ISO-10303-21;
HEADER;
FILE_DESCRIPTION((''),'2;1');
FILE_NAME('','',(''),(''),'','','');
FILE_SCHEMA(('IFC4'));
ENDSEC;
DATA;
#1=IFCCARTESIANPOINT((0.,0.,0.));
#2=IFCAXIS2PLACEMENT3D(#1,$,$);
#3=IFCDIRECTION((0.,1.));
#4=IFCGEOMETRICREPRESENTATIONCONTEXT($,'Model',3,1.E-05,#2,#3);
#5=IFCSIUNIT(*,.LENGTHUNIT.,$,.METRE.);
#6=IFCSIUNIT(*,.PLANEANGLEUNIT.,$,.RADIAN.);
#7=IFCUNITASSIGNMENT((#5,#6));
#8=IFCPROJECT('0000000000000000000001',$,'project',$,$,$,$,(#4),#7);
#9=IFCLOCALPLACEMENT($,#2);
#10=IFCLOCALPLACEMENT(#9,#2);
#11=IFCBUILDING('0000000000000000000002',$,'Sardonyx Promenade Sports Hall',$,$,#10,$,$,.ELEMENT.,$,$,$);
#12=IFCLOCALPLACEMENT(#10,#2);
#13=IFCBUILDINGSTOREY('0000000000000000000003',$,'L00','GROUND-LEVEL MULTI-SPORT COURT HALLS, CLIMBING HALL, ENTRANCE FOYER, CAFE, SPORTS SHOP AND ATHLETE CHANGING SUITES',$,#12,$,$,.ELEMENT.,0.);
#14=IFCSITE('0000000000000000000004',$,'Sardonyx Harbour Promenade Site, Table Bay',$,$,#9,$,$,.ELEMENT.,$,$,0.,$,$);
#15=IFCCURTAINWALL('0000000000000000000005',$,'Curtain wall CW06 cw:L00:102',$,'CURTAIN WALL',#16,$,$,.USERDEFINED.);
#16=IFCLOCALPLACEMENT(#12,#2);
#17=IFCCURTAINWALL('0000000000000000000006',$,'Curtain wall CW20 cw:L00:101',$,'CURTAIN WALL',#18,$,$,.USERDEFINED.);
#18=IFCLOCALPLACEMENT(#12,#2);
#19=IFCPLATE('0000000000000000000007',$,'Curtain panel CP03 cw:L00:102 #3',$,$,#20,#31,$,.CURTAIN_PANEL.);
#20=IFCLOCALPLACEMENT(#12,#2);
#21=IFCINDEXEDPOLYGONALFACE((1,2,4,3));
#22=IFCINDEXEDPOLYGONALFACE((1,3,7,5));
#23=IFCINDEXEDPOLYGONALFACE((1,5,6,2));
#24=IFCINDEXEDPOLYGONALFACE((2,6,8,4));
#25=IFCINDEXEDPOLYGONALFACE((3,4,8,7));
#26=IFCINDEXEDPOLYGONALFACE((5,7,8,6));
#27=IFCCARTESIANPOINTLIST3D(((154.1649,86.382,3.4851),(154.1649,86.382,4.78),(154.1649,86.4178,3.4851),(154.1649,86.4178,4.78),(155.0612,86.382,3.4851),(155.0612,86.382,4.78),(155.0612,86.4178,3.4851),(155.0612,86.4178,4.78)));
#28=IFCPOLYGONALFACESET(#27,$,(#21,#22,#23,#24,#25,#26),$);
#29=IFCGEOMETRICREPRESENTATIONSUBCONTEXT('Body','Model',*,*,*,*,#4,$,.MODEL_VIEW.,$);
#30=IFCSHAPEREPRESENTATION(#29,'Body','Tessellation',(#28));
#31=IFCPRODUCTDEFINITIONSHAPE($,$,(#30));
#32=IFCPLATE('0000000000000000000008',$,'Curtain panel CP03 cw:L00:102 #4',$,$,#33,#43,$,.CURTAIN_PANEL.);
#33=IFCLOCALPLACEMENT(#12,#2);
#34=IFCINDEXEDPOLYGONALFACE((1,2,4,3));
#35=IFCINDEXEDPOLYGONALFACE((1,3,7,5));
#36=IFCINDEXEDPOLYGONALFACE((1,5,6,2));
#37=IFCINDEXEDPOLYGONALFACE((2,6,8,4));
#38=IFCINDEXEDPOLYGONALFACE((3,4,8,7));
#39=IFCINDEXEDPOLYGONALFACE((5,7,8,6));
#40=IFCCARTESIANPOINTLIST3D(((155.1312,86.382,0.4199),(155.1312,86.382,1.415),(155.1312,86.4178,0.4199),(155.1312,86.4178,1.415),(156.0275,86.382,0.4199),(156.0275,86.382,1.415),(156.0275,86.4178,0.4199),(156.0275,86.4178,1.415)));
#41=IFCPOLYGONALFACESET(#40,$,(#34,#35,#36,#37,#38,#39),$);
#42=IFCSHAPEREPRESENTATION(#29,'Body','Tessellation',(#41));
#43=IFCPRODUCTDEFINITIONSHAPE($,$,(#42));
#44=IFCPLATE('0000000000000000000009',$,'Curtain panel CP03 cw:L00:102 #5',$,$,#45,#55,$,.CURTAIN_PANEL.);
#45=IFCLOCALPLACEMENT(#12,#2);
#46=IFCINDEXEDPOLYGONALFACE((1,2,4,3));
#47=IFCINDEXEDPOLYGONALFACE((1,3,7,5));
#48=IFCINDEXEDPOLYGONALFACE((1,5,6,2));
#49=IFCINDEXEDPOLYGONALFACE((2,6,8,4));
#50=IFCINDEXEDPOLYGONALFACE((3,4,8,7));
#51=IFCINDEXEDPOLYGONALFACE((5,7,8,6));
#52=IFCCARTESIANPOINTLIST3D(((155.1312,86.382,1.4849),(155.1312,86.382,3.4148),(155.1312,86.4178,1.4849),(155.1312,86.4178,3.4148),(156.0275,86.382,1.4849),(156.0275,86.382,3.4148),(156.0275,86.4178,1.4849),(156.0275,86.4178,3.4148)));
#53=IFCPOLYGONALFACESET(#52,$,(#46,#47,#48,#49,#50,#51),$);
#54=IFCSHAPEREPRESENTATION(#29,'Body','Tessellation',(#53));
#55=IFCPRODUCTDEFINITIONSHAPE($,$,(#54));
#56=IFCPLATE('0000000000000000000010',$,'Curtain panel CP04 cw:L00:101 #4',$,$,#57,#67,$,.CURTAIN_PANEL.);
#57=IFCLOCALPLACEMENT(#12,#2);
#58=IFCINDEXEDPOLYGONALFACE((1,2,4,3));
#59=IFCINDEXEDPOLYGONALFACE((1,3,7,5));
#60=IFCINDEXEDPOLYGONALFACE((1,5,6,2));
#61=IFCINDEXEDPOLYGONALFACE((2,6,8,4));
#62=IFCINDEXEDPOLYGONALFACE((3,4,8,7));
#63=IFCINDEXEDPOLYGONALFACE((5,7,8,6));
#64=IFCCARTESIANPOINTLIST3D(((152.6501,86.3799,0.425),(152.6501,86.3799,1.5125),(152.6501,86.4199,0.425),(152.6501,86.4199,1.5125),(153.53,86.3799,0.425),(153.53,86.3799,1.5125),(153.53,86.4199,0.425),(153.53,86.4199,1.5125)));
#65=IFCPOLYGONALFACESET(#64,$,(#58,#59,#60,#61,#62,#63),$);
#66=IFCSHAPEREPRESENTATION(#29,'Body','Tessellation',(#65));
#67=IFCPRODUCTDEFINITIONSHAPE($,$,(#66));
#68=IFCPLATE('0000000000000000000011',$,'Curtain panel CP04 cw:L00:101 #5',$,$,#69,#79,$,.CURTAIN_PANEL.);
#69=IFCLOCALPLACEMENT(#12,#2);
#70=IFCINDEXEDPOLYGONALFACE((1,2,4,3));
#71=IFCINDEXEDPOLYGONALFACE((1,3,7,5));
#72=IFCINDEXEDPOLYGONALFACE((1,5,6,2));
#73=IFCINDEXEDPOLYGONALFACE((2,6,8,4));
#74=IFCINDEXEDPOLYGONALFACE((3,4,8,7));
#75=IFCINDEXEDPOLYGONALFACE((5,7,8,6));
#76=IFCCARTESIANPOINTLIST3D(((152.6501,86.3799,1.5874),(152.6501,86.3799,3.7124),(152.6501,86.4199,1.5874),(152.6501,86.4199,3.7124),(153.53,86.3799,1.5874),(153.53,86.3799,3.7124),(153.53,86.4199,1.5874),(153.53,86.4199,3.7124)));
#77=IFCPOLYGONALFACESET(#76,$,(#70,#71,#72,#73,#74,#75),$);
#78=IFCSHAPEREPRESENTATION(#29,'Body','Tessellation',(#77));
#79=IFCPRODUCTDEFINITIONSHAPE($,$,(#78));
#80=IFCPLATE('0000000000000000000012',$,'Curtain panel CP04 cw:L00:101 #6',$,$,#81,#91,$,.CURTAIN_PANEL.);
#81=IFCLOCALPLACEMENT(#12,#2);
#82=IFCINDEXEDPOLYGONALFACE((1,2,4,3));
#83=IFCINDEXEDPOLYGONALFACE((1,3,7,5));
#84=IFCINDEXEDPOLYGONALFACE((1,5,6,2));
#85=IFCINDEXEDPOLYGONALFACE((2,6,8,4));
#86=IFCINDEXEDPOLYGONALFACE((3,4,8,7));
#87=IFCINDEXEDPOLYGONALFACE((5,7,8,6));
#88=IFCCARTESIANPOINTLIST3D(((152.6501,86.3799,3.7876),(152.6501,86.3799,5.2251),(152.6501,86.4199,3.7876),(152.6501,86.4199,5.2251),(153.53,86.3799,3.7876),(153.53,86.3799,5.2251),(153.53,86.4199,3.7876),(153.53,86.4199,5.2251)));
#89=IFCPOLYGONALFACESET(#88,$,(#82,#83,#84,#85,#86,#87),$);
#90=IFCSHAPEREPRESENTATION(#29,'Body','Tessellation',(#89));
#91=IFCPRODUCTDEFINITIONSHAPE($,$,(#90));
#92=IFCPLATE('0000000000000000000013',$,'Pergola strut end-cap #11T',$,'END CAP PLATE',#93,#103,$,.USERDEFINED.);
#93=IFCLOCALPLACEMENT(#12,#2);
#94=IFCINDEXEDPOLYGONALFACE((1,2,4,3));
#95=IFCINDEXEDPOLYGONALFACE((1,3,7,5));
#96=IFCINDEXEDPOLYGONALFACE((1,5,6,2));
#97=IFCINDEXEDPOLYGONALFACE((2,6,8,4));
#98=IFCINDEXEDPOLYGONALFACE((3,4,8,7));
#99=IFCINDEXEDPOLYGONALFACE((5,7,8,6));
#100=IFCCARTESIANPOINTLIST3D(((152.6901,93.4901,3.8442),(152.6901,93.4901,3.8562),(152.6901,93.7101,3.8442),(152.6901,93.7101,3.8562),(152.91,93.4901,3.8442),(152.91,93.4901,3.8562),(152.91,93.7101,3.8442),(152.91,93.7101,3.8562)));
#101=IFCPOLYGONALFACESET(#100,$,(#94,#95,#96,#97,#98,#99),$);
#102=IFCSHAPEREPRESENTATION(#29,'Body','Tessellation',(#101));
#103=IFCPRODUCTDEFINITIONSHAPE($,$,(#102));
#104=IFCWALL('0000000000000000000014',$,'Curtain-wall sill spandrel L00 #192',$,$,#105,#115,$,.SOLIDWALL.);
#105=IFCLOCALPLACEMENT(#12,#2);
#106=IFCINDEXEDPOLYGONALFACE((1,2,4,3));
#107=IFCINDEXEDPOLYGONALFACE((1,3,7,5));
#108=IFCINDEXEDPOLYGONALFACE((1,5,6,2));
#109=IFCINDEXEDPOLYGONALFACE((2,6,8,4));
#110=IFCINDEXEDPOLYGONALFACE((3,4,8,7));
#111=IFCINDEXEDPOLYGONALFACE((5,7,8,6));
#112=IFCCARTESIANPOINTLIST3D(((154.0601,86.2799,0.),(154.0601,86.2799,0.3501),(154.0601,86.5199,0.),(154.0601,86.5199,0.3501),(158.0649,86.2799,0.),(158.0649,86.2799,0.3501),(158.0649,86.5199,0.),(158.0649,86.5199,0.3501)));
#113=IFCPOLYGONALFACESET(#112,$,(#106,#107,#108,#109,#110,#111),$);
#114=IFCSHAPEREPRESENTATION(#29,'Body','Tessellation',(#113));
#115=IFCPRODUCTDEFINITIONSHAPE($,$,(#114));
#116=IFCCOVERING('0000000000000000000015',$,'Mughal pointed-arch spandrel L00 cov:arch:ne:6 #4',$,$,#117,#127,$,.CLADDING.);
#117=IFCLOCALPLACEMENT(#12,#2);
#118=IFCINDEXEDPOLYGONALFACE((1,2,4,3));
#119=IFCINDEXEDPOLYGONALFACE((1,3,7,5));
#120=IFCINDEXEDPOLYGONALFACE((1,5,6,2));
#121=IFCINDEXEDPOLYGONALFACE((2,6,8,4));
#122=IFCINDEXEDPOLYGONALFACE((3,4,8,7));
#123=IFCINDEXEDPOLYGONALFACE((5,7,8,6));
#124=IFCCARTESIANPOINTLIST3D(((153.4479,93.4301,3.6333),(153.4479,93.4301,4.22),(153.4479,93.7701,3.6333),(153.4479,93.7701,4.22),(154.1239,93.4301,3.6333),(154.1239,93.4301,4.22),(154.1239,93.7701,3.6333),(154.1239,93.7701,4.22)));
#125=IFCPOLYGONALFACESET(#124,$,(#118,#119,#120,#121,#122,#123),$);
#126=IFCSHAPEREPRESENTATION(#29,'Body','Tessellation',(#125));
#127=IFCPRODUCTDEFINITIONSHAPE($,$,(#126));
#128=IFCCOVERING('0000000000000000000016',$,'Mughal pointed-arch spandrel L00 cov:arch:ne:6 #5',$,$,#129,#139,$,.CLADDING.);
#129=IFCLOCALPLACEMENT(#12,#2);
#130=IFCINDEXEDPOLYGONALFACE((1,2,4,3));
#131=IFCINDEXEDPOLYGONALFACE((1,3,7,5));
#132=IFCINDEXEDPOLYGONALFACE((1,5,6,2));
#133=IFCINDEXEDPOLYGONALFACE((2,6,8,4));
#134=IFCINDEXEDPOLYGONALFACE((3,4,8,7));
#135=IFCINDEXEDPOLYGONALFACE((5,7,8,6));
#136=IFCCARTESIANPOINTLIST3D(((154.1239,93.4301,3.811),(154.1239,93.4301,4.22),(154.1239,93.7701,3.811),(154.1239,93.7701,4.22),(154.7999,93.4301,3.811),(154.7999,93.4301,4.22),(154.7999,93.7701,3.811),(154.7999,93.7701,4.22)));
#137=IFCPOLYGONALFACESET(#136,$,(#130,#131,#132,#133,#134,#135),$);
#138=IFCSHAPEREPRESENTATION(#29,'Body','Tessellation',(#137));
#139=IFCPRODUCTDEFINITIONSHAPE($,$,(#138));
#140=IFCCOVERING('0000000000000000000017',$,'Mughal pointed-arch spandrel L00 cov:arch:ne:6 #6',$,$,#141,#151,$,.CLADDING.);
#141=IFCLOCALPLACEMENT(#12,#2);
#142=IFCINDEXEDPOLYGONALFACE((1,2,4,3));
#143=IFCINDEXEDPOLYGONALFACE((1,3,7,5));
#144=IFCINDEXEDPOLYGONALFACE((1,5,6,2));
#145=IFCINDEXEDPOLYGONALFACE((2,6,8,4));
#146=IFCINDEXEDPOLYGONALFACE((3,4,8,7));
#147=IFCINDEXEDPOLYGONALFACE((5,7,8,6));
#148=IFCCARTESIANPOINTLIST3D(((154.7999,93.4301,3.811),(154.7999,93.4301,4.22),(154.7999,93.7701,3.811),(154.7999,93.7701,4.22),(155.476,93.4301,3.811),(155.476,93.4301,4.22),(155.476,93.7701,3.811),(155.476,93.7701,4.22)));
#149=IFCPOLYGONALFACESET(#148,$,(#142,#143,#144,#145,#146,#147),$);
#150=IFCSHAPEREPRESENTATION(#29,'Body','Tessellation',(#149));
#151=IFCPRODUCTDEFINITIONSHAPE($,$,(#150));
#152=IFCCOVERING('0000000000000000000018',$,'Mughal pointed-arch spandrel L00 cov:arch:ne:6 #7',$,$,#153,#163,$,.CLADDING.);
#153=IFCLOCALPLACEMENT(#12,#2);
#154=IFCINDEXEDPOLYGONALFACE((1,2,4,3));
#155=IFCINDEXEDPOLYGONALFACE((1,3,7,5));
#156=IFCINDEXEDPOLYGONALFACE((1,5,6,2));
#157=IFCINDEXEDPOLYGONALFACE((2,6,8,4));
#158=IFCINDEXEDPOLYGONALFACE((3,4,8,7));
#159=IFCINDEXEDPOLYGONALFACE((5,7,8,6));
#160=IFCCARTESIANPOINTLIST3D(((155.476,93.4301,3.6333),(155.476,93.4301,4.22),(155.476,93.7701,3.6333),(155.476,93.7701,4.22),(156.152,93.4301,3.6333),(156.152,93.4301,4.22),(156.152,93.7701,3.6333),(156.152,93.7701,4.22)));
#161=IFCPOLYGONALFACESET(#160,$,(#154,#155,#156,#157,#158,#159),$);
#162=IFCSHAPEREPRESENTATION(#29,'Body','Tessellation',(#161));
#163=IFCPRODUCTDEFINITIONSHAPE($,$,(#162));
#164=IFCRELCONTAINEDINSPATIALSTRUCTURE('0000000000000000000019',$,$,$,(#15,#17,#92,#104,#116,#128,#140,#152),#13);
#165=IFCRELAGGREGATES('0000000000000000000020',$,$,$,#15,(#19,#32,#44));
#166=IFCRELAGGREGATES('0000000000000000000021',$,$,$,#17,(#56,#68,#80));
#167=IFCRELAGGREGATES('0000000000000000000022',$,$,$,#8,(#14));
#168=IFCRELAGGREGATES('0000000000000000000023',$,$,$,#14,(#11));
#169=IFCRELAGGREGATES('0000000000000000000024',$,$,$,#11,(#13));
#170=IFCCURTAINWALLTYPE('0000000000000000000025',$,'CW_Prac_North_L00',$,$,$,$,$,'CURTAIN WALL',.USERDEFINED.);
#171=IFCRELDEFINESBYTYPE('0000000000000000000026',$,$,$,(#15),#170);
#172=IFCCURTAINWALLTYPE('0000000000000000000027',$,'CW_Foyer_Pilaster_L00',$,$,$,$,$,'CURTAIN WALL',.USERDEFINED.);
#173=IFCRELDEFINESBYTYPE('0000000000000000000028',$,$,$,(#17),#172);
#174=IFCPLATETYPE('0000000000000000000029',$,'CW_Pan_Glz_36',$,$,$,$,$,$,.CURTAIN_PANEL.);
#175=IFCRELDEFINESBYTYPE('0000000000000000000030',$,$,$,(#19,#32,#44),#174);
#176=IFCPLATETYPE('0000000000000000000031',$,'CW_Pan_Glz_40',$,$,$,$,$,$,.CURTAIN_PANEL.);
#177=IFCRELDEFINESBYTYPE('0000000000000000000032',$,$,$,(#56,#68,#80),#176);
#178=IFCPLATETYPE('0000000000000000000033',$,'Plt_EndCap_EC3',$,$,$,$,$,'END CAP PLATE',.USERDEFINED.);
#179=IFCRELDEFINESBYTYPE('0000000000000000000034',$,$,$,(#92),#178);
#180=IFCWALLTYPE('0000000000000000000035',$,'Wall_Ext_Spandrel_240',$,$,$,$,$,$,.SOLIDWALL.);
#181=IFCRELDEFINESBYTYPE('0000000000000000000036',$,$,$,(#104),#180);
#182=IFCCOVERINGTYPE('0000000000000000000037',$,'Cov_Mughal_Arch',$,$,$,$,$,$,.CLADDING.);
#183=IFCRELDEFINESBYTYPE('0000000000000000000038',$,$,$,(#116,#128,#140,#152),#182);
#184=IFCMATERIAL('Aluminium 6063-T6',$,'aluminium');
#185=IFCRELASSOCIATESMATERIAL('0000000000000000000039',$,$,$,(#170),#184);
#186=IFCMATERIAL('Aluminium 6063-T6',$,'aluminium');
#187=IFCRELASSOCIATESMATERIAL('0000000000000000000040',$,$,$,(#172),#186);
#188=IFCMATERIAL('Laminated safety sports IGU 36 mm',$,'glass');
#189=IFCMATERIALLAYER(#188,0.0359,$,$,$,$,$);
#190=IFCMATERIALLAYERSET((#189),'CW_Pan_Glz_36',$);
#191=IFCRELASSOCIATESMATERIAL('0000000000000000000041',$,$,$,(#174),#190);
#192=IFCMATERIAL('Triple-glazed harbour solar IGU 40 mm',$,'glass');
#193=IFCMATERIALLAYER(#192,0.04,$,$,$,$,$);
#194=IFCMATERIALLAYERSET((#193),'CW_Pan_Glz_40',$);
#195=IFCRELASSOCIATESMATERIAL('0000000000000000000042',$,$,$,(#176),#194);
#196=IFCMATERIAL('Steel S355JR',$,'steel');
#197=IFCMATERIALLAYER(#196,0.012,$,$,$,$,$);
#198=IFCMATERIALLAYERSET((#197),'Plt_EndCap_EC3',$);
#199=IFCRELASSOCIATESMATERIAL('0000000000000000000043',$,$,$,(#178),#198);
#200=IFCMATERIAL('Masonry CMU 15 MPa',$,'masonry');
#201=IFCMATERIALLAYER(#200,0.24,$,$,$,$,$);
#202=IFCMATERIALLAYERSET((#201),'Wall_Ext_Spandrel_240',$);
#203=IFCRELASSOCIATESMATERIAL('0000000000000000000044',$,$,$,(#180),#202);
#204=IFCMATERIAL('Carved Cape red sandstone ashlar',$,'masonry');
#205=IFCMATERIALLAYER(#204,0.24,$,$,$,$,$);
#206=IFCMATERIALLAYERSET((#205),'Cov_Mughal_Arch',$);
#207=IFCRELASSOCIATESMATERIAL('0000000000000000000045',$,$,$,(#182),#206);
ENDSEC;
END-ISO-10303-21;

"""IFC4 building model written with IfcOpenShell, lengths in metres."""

from ifc_helpers import new_model, si_unit, direction, frame, frame_2d, origin, origin_2d, place, context, subcontext, project, spatial, rectangle, extrude, material, layer, layer_set, type_object, element, aggregate, save


model = new_model("IFC4")

# Units and contexts
model_context = context("Model", 3, precision=1e-05, world=origin(), true_north=direction((0.0, 1.0)))
body_context = subcontext(model_context, "Body", "Model", "MODEL_VIEW")
ifc_project = project(units=[si_unit("LENGTHUNIT", "METRE"), si_unit("PLANEANGLEUNIT", "RADIAN")], contexts=[model_context])

# Site, building, storey
site_placement = place(None, origin())
site = spatial("IfcSite", under=ifc_project, at=site_placement, Name="Sardonyx Harbour Promenade Site, Table Bay", CompositionType="ELEMENT", RefElevation=0.0)
building_placement = place(site_placement, origin())
building = spatial("IfcBuilding", under=site, at=building_placement, Name="Sardonyx Promenade Sports Hall", CompositionType="ELEMENT")
storey_placement = place(building_placement, origin())
storey = spatial("IfcBuildingStorey", under=building, at=storey_placement, Name="L00", Description="GROUND-LEVEL MULTI-SPORT COURT HALLS, CLIMBING HALL, ENTRANCE FOYER, CAFE, SPORTS SHOP AND ATHLETE CHANGING SUITES", CompositionType="ELEMENT", Elevation=0.0)

# Curtain wall
ifc_material_1 = material(Name="Aluminium 6063-T6", Category="aluminium")
curtain_wall_type_1 = type_object("IfcCurtainWallType", Name="CW_Prac_North_L00", ElementType="CURTAIN WALL", PredefinedType="USERDEFINED", material=ifc_material_1)
curtain_wall_1_placement = place(storey_placement, origin())
curtain_wall_1 = element("IfcCurtainWall", 1, at=curtain_wall_1_placement, inside=storey, type_object=curtain_wall_type_1, Name="Curtain wall CW06 cw:L00:102", ObjectType="CURTAIN WALL", PredefinedType="USERDEFINED")

# Curtain wall
ifc_material_2 = material(Name="Aluminium 6063-T6", Category="aluminium")
curtain_wall_type_2 = type_object("IfcCurtainWallType", Name="CW_Foyer_Pilaster_L00", ElementType="CURTAIN WALL", PredefinedType="USERDEFINED", material=ifc_material_2)
curtain_wall_2_placement = place(storey_placement, origin())
curtain_wall_2 = element("IfcCurtainWall", 2, at=curtain_wall_2_placement, inside=storey, type_object=curtain_wall_type_2, Name="Curtain wall CW20 cw:L00:101", ObjectType="CURTAIN WALL", PredefinedType="USERDEFINED")

# Plates
ifc_material_3 = material(Name="Laminated safety sports IGU 36 mm", Category="glass")
ifc_layer_1 = layer(ifc_material_3, 0.0359)
ifc_layer_set_1 = layer_set([ifc_layer_1], Name="CW_Pan_Glz_36")
plate_type_1 = type_object("IfcPlateType", Name="CW_Pan_Glz_36", PredefinedType="CURTAIN_PANEL", material=ifc_layer_set_1)
plate_1_placement = place(storey_placement, frame((154.613, 86.3999, 3.4851), z_axis=(0.0, 0.0, 1.0), x_axis=(1.0, 0.0, 0.0)))
plate_1 = element("IfcPlate", 3, at=plate_1_placement, type_object=plate_type_1, Name="Curtain panel CP03 cw:L00:102 #3", PredefinedType="CURTAIN_PANEL", context=body_context, shape_type="SweptSolid", body=[
    extrude(rectangle(XDim=0.8962, YDim=0.0359, at=origin_2d()), origin(), (0.0, 0.0, 1.0), 1.2949),
])
plate_2_placement = place(storey_placement, frame((155.5793, 86.3999, 0.4199), z_axis=(0.0, 0.0, 1.0), x_axis=(1.0, 0.0, 0.0)))
plate_2 = element("IfcPlate", 4, at=plate_2_placement, type_object=plate_type_1, Name="Curtain panel CP03 cw:L00:102 #4", PredefinedType="CURTAIN_PANEL", context=body_context, shape_type="SweptSolid", body=[
    extrude(rectangle(XDim=0.8962, YDim=0.0359, at=origin_2d()), origin(), (0.0, 0.0, 1.0), 0.9951),
])
plate_3_placement = place(storey_placement, frame((155.5793, 86.3999, 1.4849), z_axis=(0.0, 0.0, 1.0), x_axis=(1.0, 0.0, 0.0)))
plate_3 = element("IfcPlate", 5, at=plate_3_placement, type_object=plate_type_1, Name="Curtain panel CP03 cw:L00:102 #5", PredefinedType="CURTAIN_PANEL", context=body_context, shape_type="SweptSolid", body=[
    extrude(rectangle(XDim=0.8962, YDim=0.0359, at=origin_2d()), origin(), (0.0, 0.0, 1.0), 1.9299),
])
aggregate(curtain_wall_1, [plate_1, plate_2, plate_3])
ifc_material_4 = material(Name="Triple-glazed harbour solar IGU 40 mm", Category="glass")
ifc_layer_2 = layer(ifc_material_4, 0.04)
ifc_layer_set_2 = layer_set([ifc_layer_2], Name="CW_Pan_Glz_40")
plate_type_2 = type_object("IfcPlateType", Name="CW_Pan_Glz_40", PredefinedType="CURTAIN_PANEL", material=ifc_layer_set_2)
plate_4_placement = place(storey_placement, frame((153.0901, 86.3999, 0.425), z_axis=(0.0, 0.0, 1.0), x_axis=(1.0, 0.0, 0.0)))
plate_4 = element("IfcPlate", 6, at=plate_4_placement, type_object=plate_type_2, Name="Curtain panel CP04 cw:L00:101 #4", PredefinedType="CURTAIN_PANEL", context=body_context, shape_type="SweptSolid", body=[
    extrude(rectangle(XDim=0.8799, YDim=0.04, at=origin_2d()), origin(), (0.0, 0.0, 1.0), 1.0874),
])
plate_5_placement = place(storey_placement, frame((153.0901, 86.3999, 1.5874), z_axis=(0.0, 0.0, 1.0), x_axis=(1.0, 0.0, 0.0)))
plate_5 = element("IfcPlate", 7, at=plate_5_placement, type_object=plate_type_2, Name="Curtain panel CP04 cw:L00:101 #5", PredefinedType="CURTAIN_PANEL", context=body_context, shape_type="SweptSolid", body=[
    extrude(rectangle(XDim=0.8799, YDim=0.04, at=origin_2d()), origin(), (0.0, 0.0, 1.0), 2.125),
])
plate_6_placement = place(storey_placement, frame((153.0901, 86.3999, 3.7876), z_axis=(0.0, 0.0, 1.0), x_axis=(1.0, 0.0, 0.0)))
plate_6 = element("IfcPlate", 8, at=plate_6_placement, type_object=plate_type_2, Name="Curtain panel CP04 cw:L00:101 #6", PredefinedType="CURTAIN_PANEL", context=body_context, shape_type="SweptSolid", body=[
    extrude(rectangle(XDim=0.8799, YDim=0.04, at=origin_2d()), origin(), (0.0, 0.0, 1.0), 1.4375),
])
aggregate(curtain_wall_2, [plate_4, plate_5, plate_6])
ifc_material_5 = material(Name="Steel S355JR", Category="steel")
ifc_layer_3 = layer(ifc_material_5, 0.012)
ifc_layer_set_3 = layer_set([ifc_layer_3], Name="Plt_EndCap_EC3")
plate_type_3 = type_object("IfcPlateType", Name="Plt_EndCap_EC3", ElementType="END CAP PLATE", PredefinedType="USERDEFINED", material=ifc_layer_set_3)
plate_7_placement = place(storey_placement, frame((152.8, 93.6001, 3.8442), z_axis=(0.0, 0.0, 1.0), x_axis=(1.0, 0.0, 0.0)))
element("IfcPlate", 9, at=plate_7_placement, inside=storey, type_object=plate_type_3, Name="Pergola strut end-cap #11T", ObjectType="END CAP PLATE", PredefinedType="USERDEFINED", context=body_context, shape_type="SweptSolid", body=[
    extrude(rectangle(XDim=0.22, YDim=0.22, at=origin_2d()), origin(), (0.0, 0.0, 1.0), 0.012),
])

# Wall
ifc_material_6 = material(Name="Masonry CMU 15 MPa", Category="masonry")
ifc_layer_4 = layer(ifc_material_6, 0.24)
ifc_layer_set_4 = layer_set([ifc_layer_4], Name="Wall_Ext_Spandrel_240")
wall_type = type_object("IfcWallType", Name="Wall_Ext_Spandrel_240", PredefinedType="SOLIDWALL", material=ifc_layer_set_4)
wall_placement = place(storey_placement, frame((154.0601, 86.3999, 0.0), z_axis=(0.0, 0.0, 1.0), x_axis=(1.0, 0.0, 0.0)))
element("IfcWall", 10, at=wall_placement, inside=storey, type_object=wall_type, Name="Curtain-wall sill spandrel L00 #192", PredefinedType="SOLIDWALL", context=body_context, shape_type="SweptSolid", body=[
    extrude(rectangle(XDim=4.0049, YDim=0.24, at=frame_2d((2.0024, 0.0))), origin(), (0.0, 0.0, 1.0), 0.3501),
])

# Coverings
ifc_material_7 = material(Name="Carved Cape red sandstone ashlar", Category="masonry")
ifc_layer_5 = layer(ifc_material_7, 0.24)
ifc_layer_set_5 = layer_set([ifc_layer_5], Name="Cov_Mughal_Arch")
covering_type = type_object("IfcCoveringType", Name="Cov_Mughal_Arch", PredefinedType="CLADDING", material=ifc_layer_set_5)
covering_1_placement = place(storey_placement, frame((153.448, 93.6001, 3.6333), z_axis=(0.0, 0.0, 1.0), x_axis=(1.0, 0.0, 0.0)))
element("IfcCovering", 11, at=covering_1_placement, inside=storey, type_object=covering_type, Name="Mughal pointed-arch spandrel L00 cov:arch:ne:6 #4", PredefinedType="CLADDING", context=body_context, shape_type="SweptSolid", body=[
    extrude(rectangle(XDim=0.676, YDim=0.3401, at=frame_2d((0.3379, 0.0))), origin(), (0.0, 0.0, 1.0), 0.5867),
])
for number, where, z_axis, x_axis, name in (
    (12, (154.124, 93.6001, 3.811), (0.0, 0.0, 1.0), (1.0, 0.0, 0.0), "Mughal pointed-arch spandrel L00 cov:arch:ne:6 #5"),
    (13, (154.8, 93.6001, 3.811), (0.0, 0.0, 1.0), (1.0, 0.0, 0.0), "Mughal pointed-arch spandrel L00 cov:arch:ne:6 #6"),
):
    element("IfcCovering", number, at=place(storey_placement, frame(where, z_axis=z_axis, x_axis=x_axis)), inside=storey, type_object=covering_type, Name=name, PredefinedType="CLADDING", context=body_context, shape_type="SweptSolid", body=[
        extrude(rectangle(XDim=0.676, YDim=0.3401, at=frame_2d((0.3379, 0.0))), origin(), (0.0, 0.0, 1.0), 0.4089),
    ])
covering_2_placement = place(storey_placement, frame((155.4761, 93.6001, 3.6333), z_axis=(0.0, 0.0, 1.0), x_axis=(1.0, 0.0, 0.0)))
element("IfcCovering", 14, at=covering_2_placement, inside=storey, type_object=covering_type, Name="Mughal pointed-arch spandrel L00 cov:arch:ne:6 #7", PredefinedType="CLADDING", context=body_context, shape_type="SweptSolid", body=[
    extrude(rectangle(XDim=0.676, YDim=0.3401, at=frame_2d((0.3379, 0.0))), origin(), (0.0, 0.0, 1.0), 0.5867),
])

save(model, "model.ifc")
